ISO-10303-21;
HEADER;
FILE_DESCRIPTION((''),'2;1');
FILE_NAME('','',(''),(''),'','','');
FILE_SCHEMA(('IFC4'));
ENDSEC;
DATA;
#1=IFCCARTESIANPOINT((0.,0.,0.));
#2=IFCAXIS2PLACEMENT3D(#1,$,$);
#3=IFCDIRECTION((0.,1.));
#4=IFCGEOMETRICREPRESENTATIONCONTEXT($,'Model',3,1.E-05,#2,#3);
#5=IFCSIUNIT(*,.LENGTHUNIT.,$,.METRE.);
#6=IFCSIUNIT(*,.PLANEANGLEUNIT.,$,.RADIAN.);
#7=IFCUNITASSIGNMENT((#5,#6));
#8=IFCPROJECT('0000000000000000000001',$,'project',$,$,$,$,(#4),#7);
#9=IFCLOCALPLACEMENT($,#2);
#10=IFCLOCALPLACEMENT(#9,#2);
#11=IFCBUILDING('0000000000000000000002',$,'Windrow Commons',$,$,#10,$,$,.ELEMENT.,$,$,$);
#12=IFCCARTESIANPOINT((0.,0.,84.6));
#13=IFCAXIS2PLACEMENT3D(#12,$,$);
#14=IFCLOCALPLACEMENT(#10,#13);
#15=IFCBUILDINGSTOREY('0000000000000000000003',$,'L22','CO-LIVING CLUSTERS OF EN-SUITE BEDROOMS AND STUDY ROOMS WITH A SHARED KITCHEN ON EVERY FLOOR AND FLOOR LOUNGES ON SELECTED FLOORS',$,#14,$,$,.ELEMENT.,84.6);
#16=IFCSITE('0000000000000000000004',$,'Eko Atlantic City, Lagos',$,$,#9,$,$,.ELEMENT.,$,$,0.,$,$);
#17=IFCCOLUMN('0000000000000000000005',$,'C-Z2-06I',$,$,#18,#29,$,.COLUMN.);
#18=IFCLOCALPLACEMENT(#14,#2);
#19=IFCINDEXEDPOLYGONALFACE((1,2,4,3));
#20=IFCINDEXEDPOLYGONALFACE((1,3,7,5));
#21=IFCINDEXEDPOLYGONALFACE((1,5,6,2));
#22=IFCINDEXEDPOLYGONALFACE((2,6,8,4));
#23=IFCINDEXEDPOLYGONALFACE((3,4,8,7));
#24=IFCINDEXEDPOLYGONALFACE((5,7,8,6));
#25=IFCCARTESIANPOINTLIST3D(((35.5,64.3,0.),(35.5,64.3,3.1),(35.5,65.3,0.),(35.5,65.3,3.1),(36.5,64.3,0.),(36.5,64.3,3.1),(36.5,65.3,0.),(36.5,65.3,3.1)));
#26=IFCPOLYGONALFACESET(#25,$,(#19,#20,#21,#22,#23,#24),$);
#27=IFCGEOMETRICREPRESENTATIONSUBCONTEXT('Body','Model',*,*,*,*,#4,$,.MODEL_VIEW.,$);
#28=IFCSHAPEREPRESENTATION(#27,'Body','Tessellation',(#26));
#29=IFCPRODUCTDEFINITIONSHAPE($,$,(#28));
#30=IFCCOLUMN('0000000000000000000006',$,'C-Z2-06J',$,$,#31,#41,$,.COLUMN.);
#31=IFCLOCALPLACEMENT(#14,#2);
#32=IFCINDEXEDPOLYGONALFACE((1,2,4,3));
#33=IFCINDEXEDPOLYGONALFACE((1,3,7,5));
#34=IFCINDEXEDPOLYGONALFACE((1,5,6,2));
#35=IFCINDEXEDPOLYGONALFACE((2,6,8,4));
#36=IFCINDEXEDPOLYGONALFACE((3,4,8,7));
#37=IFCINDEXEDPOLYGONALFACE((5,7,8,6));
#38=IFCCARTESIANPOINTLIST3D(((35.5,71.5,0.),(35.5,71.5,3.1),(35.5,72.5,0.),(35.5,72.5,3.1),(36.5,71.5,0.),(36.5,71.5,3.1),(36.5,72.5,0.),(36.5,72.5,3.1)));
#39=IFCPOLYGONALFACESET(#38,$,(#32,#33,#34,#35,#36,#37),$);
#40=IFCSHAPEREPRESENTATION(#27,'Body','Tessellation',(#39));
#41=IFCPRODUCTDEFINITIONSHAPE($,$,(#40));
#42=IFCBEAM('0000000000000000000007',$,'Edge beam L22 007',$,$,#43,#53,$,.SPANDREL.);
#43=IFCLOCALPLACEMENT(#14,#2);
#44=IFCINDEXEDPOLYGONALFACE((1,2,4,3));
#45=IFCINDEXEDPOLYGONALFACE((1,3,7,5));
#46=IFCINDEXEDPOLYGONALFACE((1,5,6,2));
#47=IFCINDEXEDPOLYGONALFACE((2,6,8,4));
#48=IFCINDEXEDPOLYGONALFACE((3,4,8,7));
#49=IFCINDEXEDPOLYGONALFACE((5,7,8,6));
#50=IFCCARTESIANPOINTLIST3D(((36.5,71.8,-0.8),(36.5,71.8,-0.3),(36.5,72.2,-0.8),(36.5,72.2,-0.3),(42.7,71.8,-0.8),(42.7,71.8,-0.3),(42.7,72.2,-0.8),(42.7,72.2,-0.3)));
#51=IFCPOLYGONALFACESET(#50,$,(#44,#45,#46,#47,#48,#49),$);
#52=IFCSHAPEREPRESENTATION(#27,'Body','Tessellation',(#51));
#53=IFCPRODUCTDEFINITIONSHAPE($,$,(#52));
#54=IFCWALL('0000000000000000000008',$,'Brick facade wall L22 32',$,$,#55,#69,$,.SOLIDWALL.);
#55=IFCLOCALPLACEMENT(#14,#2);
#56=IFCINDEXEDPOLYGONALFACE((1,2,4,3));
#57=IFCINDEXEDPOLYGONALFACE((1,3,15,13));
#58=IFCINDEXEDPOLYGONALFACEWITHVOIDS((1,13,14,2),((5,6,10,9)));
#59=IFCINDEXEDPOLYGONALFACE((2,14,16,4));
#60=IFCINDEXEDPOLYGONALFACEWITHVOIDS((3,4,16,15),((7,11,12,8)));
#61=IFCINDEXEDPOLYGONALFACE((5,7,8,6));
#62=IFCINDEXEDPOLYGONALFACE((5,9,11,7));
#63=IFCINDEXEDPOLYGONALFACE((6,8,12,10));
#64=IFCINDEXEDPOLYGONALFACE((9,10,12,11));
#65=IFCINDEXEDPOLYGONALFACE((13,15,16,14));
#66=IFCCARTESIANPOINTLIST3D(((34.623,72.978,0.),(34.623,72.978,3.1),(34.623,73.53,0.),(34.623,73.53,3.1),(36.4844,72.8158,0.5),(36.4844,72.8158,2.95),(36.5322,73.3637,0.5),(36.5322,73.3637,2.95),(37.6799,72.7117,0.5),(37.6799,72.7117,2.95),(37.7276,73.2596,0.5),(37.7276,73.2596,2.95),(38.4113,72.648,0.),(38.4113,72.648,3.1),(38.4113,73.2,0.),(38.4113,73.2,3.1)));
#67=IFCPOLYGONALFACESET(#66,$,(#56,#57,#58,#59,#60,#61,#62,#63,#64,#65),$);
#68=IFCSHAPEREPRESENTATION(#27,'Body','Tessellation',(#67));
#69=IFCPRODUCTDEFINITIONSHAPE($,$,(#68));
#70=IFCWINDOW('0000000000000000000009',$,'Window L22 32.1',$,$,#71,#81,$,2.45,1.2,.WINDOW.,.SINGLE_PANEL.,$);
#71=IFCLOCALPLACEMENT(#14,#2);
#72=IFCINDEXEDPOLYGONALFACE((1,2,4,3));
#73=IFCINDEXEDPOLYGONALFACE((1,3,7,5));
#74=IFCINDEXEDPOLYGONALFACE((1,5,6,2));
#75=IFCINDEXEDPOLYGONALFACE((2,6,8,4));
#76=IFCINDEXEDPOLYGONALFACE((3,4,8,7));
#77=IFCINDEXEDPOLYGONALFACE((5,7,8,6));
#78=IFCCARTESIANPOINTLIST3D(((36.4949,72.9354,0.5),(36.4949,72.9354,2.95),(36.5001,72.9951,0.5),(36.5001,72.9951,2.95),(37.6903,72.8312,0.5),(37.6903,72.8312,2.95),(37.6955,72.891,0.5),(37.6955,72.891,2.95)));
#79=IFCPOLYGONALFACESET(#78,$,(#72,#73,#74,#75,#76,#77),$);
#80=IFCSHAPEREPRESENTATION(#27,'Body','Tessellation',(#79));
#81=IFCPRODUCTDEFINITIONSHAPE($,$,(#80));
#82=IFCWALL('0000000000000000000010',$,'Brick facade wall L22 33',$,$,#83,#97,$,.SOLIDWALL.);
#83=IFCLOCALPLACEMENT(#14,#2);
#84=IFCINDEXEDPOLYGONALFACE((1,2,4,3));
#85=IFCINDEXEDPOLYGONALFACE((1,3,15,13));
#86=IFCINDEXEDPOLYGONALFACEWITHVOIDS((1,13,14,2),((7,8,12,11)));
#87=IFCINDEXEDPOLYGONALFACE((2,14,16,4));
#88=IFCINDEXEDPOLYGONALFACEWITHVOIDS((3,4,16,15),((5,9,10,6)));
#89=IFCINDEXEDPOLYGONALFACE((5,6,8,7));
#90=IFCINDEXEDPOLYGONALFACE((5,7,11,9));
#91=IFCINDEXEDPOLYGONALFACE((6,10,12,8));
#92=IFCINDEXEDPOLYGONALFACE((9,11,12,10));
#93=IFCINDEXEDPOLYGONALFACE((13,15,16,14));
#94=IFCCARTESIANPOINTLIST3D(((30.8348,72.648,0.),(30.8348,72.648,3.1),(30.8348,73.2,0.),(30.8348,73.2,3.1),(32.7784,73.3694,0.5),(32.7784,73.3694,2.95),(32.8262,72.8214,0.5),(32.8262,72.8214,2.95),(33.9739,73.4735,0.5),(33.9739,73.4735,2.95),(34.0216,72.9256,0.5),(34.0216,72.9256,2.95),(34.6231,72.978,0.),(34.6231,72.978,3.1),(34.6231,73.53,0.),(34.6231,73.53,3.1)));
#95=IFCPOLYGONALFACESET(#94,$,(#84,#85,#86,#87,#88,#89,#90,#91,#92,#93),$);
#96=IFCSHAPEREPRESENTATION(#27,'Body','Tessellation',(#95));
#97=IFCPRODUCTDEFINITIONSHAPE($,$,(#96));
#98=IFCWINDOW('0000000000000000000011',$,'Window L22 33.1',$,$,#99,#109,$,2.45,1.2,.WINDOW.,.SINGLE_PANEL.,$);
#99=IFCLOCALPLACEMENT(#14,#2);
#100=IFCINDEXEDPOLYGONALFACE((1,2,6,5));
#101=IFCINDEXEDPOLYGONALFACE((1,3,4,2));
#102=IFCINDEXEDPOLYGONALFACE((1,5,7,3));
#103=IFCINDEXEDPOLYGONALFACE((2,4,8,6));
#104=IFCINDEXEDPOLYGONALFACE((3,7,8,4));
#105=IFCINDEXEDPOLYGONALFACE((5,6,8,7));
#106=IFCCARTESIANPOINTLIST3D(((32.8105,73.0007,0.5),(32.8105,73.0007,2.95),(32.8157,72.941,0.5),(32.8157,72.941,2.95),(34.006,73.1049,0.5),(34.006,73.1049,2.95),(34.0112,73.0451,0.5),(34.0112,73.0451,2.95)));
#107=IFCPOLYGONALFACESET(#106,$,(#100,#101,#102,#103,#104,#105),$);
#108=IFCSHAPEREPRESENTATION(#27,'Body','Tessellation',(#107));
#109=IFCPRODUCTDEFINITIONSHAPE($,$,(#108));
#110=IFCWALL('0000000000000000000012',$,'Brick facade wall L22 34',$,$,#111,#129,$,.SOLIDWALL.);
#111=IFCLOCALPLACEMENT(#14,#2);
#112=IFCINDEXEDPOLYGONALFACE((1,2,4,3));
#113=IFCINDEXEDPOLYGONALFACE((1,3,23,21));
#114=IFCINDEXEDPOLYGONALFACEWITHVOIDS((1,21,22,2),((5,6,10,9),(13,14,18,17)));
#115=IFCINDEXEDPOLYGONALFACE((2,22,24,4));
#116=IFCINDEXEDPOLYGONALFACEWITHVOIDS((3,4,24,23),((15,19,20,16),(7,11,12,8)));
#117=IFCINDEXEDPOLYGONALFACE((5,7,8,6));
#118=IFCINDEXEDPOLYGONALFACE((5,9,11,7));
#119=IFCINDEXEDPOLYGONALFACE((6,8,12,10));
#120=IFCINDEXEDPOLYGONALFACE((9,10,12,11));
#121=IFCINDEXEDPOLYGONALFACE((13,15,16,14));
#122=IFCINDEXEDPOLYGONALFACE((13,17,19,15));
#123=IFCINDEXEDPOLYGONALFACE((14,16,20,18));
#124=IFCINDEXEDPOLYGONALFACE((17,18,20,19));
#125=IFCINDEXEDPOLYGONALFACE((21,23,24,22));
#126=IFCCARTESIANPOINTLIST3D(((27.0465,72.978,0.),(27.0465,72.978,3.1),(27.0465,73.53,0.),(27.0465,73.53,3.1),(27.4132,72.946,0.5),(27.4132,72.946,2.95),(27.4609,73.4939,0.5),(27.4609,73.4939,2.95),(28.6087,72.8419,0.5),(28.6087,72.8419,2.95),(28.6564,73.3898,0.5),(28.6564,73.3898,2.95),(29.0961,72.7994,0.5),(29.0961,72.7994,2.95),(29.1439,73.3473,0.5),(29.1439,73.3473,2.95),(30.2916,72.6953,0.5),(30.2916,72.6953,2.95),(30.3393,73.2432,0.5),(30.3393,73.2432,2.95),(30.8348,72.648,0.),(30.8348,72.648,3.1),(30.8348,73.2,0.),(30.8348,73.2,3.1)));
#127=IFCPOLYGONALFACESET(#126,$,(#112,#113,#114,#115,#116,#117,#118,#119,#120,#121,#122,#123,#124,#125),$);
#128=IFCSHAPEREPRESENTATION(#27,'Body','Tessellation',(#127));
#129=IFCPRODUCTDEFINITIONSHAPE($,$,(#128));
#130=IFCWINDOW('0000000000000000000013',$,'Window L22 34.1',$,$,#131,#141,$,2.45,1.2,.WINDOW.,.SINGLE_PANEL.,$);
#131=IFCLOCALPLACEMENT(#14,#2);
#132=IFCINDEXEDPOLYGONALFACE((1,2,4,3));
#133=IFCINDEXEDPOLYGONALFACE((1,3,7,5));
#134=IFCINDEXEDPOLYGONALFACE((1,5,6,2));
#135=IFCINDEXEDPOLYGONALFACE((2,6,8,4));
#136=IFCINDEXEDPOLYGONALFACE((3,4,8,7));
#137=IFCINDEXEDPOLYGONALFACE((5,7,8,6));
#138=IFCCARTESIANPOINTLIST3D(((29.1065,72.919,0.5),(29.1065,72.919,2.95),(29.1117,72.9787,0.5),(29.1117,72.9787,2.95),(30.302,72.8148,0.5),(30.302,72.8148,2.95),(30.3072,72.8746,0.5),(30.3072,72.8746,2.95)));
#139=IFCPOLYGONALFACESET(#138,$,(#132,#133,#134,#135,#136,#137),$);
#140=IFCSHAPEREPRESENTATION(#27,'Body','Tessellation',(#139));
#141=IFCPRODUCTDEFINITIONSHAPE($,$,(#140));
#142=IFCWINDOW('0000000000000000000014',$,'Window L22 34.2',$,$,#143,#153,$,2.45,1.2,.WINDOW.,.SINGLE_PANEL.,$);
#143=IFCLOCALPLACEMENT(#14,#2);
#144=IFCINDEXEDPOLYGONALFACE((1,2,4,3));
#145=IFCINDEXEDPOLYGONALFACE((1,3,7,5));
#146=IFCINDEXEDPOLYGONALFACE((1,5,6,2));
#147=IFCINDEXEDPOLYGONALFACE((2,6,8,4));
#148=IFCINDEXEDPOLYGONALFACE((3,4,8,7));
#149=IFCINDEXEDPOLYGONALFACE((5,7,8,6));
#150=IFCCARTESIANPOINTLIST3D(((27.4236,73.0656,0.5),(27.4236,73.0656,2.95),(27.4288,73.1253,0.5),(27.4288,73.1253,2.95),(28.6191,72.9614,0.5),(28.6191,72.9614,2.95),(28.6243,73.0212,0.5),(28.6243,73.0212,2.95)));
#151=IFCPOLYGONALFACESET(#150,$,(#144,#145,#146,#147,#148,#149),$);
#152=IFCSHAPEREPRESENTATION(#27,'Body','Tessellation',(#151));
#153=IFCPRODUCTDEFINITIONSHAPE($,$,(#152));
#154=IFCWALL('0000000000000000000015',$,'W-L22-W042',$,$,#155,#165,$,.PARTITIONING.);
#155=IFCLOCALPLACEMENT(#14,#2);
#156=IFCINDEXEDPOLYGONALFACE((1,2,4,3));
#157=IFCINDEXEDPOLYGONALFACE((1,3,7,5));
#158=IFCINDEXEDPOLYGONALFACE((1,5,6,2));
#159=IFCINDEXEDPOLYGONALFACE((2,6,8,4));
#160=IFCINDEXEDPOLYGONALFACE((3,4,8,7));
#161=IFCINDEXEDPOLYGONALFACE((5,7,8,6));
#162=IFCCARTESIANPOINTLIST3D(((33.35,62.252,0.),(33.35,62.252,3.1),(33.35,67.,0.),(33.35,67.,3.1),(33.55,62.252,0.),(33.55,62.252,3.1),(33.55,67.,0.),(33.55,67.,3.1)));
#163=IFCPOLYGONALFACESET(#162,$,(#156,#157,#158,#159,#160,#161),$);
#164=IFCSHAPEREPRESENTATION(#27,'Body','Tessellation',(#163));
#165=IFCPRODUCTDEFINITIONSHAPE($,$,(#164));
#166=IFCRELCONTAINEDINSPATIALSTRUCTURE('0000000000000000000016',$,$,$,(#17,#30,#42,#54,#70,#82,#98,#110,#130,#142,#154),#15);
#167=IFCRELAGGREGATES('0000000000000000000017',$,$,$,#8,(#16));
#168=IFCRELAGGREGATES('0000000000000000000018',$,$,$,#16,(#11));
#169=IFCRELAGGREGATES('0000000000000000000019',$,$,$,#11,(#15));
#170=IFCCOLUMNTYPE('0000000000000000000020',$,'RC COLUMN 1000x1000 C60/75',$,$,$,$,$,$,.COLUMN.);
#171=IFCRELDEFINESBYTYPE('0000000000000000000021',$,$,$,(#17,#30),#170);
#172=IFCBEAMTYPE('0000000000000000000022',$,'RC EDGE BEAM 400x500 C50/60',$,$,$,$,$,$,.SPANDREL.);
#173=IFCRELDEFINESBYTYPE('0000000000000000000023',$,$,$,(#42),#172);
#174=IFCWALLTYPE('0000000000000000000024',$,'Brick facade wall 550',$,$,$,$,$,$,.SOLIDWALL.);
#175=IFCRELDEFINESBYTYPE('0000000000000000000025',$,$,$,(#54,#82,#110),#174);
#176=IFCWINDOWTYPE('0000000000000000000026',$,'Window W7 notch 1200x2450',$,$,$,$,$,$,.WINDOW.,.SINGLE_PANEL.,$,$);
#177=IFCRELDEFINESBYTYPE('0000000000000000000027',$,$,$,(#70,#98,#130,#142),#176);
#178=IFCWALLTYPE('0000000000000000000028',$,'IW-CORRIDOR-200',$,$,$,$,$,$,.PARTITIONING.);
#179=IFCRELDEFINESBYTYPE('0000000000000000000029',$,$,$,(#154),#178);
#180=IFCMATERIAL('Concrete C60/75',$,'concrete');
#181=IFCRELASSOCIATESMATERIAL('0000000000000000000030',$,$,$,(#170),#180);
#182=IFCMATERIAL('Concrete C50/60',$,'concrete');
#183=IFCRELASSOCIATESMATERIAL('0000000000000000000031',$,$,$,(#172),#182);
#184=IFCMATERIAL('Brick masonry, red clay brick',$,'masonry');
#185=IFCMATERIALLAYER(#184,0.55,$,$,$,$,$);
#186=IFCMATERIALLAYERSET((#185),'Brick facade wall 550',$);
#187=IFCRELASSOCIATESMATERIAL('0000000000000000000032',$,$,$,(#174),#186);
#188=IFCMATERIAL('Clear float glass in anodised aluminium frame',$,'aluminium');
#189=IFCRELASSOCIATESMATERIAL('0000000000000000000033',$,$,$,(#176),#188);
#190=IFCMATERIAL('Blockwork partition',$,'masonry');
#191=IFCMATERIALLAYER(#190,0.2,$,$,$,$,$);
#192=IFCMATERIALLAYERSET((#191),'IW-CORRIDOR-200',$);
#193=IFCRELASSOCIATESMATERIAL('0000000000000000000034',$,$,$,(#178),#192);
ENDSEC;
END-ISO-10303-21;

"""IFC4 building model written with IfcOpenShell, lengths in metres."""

from ifc_helpers import new_model, si_unit, direction, frame, frame_2d, origin, origin_2d, place, context, subcontext, project, spatial, polyline, rectangle, outline, extrude, material, layer, layer_set, material_profile, profile_set, type_object, element, fill, save


model = new_model("IFC4")

# Units and contexts
model_context = context("Model", 3, precision=1e-05, world=origin(), true_north=direction((0.0, 1.0)))
body_context = subcontext(model_context, "Body", "Model", "MODEL_VIEW")
ifc_project = project(units=[si_unit("LENGTHUNIT", "METRE"), si_unit("PLANEANGLEUNIT", "RADIAN")], contexts=[model_context])

# Site, building, storey
site_placement = place(None, origin())
site = spatial("IfcSite", under=ifc_project, at=site_placement, Name="Eko Atlantic City, Lagos", CompositionType="ELEMENT", RefElevation=0.0)
building_placement = place(site_placement, origin())
building = spatial("IfcBuilding", under=site, at=building_placement, Name="Windrow Commons", CompositionType="ELEMENT")
storey_placement = place(building_placement, frame((0.0, 0.0, 84.6)))
storey = spatial("IfcBuildingStorey", under=building, at=storey_placement, Name="L22", Description="CO-LIVING CLUSTERS OF EN-SUITE BEDROOMS AND STUDY ROOMS WITH A SHARED KITCHEN ON EVERY FLOOR AND FLOOR LOUNGES ON SELECTED FLOORS", CompositionType="ELEMENT", Elevation=84.6)

# Columns
ifc_material_1 = material(Name="Concrete C60/75", Category="concrete")
ifc_material_profile_1 = material_profile(ifc_material_1, rectangle(XDim=1.0, YDim=1.0, at=origin_2d()))
ifc_profile_set_1 = profile_set([ifc_material_profile_1], Name="Concrete C60/75")
column_type = type_object("IfcColumnType", Name="RC COLUMN 1000x1000 C60/75", PredefinedType="COLUMN", material=ifc_profile_set_1)
for number, where, z_axis, x_axis, name in (
    (1, (36.0, 64.8, 0.0), (0.0, 0.0, 1.0), (1.0, 0.0, 0.0), "C-Z2-06I"),
    (2, (36.0, 72.0, 0.0), (0.0, 0.0, 1.0), (1.0, 0.0, 0.0), "C-Z2-06J"),
):
    element("IfcColumn", number, at=place(storey_placement, frame(where, z_axis=z_axis, x_axis=x_axis)), inside=storey, type_object=column_type, Name=name, PredefinedType="COLUMN", context=body_context, shape_type="SweptSolid", body=[
        extrude(rectangle(XDim=1.0, YDim=1.0, at=origin_2d()), origin(), (0.0, 0.0, 1.0), 3.1),
    ])

# Beam
ifc_material_2 = material(Name="Concrete C50/60", Category="concrete")
ifc_material_profile_2 = material_profile(ifc_material_2, rectangle(XDim=0.4, YDim=0.5, at=origin_2d()))
ifc_profile_set_2 = profile_set([ifc_material_profile_2], Name="Concrete C50/60")
beam_type = type_object("IfcBeamType", Name="RC EDGE BEAM 400x500 C50/60", PredefinedType="SPANDREL", material=ifc_profile_set_2)
beam_placement = place(storey_placement, frame((36.5, 72.0, -0.55), z_axis=(1.0, 0.0, 0.0), x_axis=(0.0, 1.0, 0.0)))
element("IfcBeam", 3, at=beam_placement, inside=storey, type_object=beam_type, Name="Edge beam L22 007", PredefinedType="SPANDREL", context=body_context, shape_type="SweptSolid", body=[
    extrude(rectangle(XDim=0.4, YDim=0.5, at=origin_2d()), origin(), (0.0, 0.0, 1.0), 6.2),
])

# Walls, openings, windows
ifc_material_3 = material(Name="Brick masonry, red clay brick", Category="masonry")
ifc_layer_1 = layer(ifc_material_3, 0.55)
ifc_layer_set_1 = layer_set([ifc_layer_1], Name="Brick facade wall 550")
wall_type_1 = type_object("IfcWallType", Name="Brick facade wall 550", PredefinedType="SOLIDWALL", material=ifc_layer_set_1)
wall_1_placement = place(storey_placement, frame((38.4113, 72.924, 0.0), z_axis=(0.0, 0.0, 1.0), x_axis=(-0.996227, 0.086784, 0.0)))
wall_1 = element("IfcWall", 4, at=wall_1_placement, inside=storey, type_object=wall_type_1, Name="Brick facade wall L22 32", PredefinedType="SOLIDWALL", context=body_context, shape_type="SweptSolid", body=[
    extrude(outline(polyline([(0.024, -0.275), (3.8266, -0.275), (3.7787, 0.275), (-0.024, 0.275), (0.024, -0.275)])), origin(), (0.0, 0.0, 1.0), 3.1),
])
opening_1_placement = place(wall_1_placement, frame((0.7102, 0.0, 0.5)))
opening_1 = element("IfcOpeningElement", 5, at=opening_1_placement, cuts=wall_1, PredefinedType="OPENING", context=body_context, shape_type="SweptSolid", body=[
    extrude(rectangle(XDim=1.2, YDim=2.45, at=frame_2d((0.6, 1.225))), frame((0.0, 0.285, 0.0), z_axis=(0.0, -1.0, 0.0), x_axis=(1.0, 0.0, 0.0)), (0.0, 0.0, 1.0), 0.57),
])
ifc_material_4 = material(Name="Clear float glass in anodised aluminium frame", Category="aluminium")
window_type = type_object("IfcWindowType", Name="Window W7 notch 1200x2450", PartitioningType="SINGLE_PANEL", PredefinedType="WINDOW", material=ifc_material_4)
window_1_placement = place(opening_1_placement, origin())
window_1 = element("IfcWindow", 6, at=window_1_placement, inside=storey, type_object=window_type, Name="Window L22 32.1", OverallHeight=2.45, OverallWidth=1.2, PartitioningType="SINGLE_PANEL", PredefinedType="WINDOW", context=body_context, shape_type="SweptSolid", body=[
    extrude(rectangle(XDim=1.2, YDim=2.45, at=frame_2d((0.6, 1.225))), frame((0.0, 0.155, 0.0), z_axis=(0.0, -1.0, 0.0), x_axis=(1.0, 0.0, 0.0)), (0.0, 0.0, 1.0), 0.06),
])
fill(opening_1, window_1)
wall_2_placement = place(storey_placement, frame((34.6231, 73.254, 0.0), z_axis=(0.0, 0.0, 1.0), x_axis=(-0.996227, -0.086782, 0.0)))
wall_2 = element("IfcWall", 7, at=wall_2_placement, inside=storey, type_object=wall_type_1, Name="Brick facade wall L22 33", PredefinedType="SOLIDWALL", context=body_context, shape_type="SweptSolid", body=[
    extrude(outline(polyline([(-0.024, -0.275), (3.7787, -0.275), (3.8266, 0.275), (0.024, 0.275), (-0.024, -0.275)])), origin(), (0.0, 0.0, 1.0), 3.1),
])
opening_2_placement = place(wall_2_placement, frame((0.6277, 0.0, 0.5)))
opening_2 = element("IfcOpeningElement", 8, at=opening_2_placement, cuts=wall_2, PredefinedType="OPENING", context=body_context, shape_type="SweptSolid", body=[
    extrude(rectangle(XDim=1.2, YDim=2.45, at=frame_2d((0.6, 1.225))), frame((0.0, 0.285, 0.0), z_axis=(0.0, -1.0, 0.0), x_axis=(1.0, 0.0, 0.0)), (0.0, 0.0, 1.0), 0.57),
])
window_2_placement = place(opening_2_placement, origin())
window_2 = element("IfcWindow", 9, at=window_2_placement, inside=storey, type_object=window_type, Name="Window L22 33.1", OverallHeight=2.45, OverallWidth=1.2, PartitioningType="SINGLE_PANEL", PredefinedType="WINDOW", context=body_context, shape_type="SweptSolid", body=[
    extrude(rectangle(XDim=1.2, YDim=2.45, at=frame_2d((0.6, 1.225))), frame((0.0, 0.155, 0.0), z_axis=(0.0, -1.0, 0.0), x_axis=(1.0, 0.0, 0.0)), (0.0, 0.0, 1.0), 0.06),
])
fill(opening_2, window_2)

# Wall, openings, windows
wall_3_placement = place(storey_placement, frame((30.8348, 72.924, 0.0), z_axis=(0.0, 0.0, 1.0), x_axis=(-0.996227, 0.086782, 0.0)))
wall_3 = element("IfcWall", 10, at=wall_3_placement, inside=storey, type_object=wall_type_1, Name="Brick facade wall L22 34", PredefinedType="SOLIDWALL", context=body_context, shape_type="SweptSolid", body=[
    extrude(outline(polyline([(0.024, -0.275), (3.8266, -0.275), (3.7787, 0.275), (-0.024, 0.275), (0.024, -0.275)])), origin(), (0.0, 0.0, 1.0), 3.1),
])
opening_3_placement = place(wall_3_placement, frame((0.5213, 0.0, 0.5)))
opening_3 = element("IfcOpeningElement", 11, at=opening_3_placement, cuts=wall_3, PredefinedType="OPENING", context=body_context, shape_type="SweptSolid", body=[
    extrude(rectangle(XDim=1.2, YDim=2.45, at=frame_2d((0.6, 1.225))), frame((0.0, 0.285, 0.0), z_axis=(0.0, -1.0, 0.0), x_axis=(1.0, 0.0, 0.0)), (0.0, 0.0, 1.0), 0.57),
])
opening_4_placement = place(wall_3_placement, frame((2.2106, 0.0, 0.5)))
opening_4 = element("IfcOpeningElement", 12, at=opening_4_placement, cuts=wall_3, PredefinedType="OPENING", context=body_context, shape_type="SweptSolid", body=[
    extrude(rectangle(XDim=1.2, YDim=2.45, at=frame_2d((0.6, 1.225))), frame((0.0, 0.285, 0.0), z_axis=(0.0, -1.0, 0.0), x_axis=(1.0, 0.0, 0.0)), (0.0, 0.0, 1.0), 0.57),
])
window_3_placement = place(opening_3_placement, origin())
window_3 = element("IfcWindow", 13, at=window_3_placement, inside=storey, type_object=window_type, Name="Window L22 34.1", OverallHeight=2.45, OverallWidth=1.2, PartitioningType="SINGLE_PANEL", PredefinedType="WINDOW", context=body_context, shape_type="SweptSolid", body=[
    extrude(rectangle(XDim=1.2, YDim=2.45, at=frame_2d((0.6, 1.225))), frame((0.0, 0.155, 0.0), z_axis=(0.0, -1.0, 0.0), x_axis=(1.0, 0.0, 0.0)), (0.0, 0.0, 1.0), 0.06),
])
fill(opening_3, window_3)
window_4_placement = place(opening_4_placement, origin())
window_4 = element("IfcWindow", 14, at=window_4_placement, inside=storey, type_object=window_type, Name="Window L22 34.2", OverallHeight=2.45, OverallWidth=1.2, PartitioningType="SINGLE_PANEL", PredefinedType="WINDOW", context=body_context, shape_type="SweptSolid", body=[
    extrude(rectangle(XDim=1.2, YDim=2.45, at=frame_2d((0.6, 1.225))), frame((0.0, 0.155, 0.0), z_axis=(0.0, -1.0, 0.0), x_axis=(1.0, 0.0, 0.0)), (0.0, 0.0, 1.0), 0.06),
])
fill(opening_4, window_4)

# Wall
ifc_material_5 = material(Name="Blockwork partition", Category="masonry")
ifc_layer_2 = layer(ifc_material_5, 0.2)
ifc_layer_set_2 = layer_set([ifc_layer_2], Name="IW-CORRIDOR-200")
wall_type_2 = type_object("IfcWallType", Name="IW-CORRIDOR-200", PredefinedType="PARTITIONING", material=ifc_layer_set_2)
wall_4_placement = place(storey_placement, frame((33.45, 62.252, 0.0), z_axis=(0.0, 0.0, 1.0), x_axis=(0.0, 1.0, 0.0)))
element("IfcWall", 15, at=wall_4_placement, inside=storey, type_object=wall_type_2, Name="W-L22-W042", PredefinedType="PARTITIONING", context=body_context, shape_type="SweptSolid", body=[
    extrude(rectangle(XDim=4.748, YDim=0.2, at=frame_2d((2.374, 0.0))), origin(), (0.0, 0.0, 1.0), 3.1),
])

save(model, "model.ifc")
